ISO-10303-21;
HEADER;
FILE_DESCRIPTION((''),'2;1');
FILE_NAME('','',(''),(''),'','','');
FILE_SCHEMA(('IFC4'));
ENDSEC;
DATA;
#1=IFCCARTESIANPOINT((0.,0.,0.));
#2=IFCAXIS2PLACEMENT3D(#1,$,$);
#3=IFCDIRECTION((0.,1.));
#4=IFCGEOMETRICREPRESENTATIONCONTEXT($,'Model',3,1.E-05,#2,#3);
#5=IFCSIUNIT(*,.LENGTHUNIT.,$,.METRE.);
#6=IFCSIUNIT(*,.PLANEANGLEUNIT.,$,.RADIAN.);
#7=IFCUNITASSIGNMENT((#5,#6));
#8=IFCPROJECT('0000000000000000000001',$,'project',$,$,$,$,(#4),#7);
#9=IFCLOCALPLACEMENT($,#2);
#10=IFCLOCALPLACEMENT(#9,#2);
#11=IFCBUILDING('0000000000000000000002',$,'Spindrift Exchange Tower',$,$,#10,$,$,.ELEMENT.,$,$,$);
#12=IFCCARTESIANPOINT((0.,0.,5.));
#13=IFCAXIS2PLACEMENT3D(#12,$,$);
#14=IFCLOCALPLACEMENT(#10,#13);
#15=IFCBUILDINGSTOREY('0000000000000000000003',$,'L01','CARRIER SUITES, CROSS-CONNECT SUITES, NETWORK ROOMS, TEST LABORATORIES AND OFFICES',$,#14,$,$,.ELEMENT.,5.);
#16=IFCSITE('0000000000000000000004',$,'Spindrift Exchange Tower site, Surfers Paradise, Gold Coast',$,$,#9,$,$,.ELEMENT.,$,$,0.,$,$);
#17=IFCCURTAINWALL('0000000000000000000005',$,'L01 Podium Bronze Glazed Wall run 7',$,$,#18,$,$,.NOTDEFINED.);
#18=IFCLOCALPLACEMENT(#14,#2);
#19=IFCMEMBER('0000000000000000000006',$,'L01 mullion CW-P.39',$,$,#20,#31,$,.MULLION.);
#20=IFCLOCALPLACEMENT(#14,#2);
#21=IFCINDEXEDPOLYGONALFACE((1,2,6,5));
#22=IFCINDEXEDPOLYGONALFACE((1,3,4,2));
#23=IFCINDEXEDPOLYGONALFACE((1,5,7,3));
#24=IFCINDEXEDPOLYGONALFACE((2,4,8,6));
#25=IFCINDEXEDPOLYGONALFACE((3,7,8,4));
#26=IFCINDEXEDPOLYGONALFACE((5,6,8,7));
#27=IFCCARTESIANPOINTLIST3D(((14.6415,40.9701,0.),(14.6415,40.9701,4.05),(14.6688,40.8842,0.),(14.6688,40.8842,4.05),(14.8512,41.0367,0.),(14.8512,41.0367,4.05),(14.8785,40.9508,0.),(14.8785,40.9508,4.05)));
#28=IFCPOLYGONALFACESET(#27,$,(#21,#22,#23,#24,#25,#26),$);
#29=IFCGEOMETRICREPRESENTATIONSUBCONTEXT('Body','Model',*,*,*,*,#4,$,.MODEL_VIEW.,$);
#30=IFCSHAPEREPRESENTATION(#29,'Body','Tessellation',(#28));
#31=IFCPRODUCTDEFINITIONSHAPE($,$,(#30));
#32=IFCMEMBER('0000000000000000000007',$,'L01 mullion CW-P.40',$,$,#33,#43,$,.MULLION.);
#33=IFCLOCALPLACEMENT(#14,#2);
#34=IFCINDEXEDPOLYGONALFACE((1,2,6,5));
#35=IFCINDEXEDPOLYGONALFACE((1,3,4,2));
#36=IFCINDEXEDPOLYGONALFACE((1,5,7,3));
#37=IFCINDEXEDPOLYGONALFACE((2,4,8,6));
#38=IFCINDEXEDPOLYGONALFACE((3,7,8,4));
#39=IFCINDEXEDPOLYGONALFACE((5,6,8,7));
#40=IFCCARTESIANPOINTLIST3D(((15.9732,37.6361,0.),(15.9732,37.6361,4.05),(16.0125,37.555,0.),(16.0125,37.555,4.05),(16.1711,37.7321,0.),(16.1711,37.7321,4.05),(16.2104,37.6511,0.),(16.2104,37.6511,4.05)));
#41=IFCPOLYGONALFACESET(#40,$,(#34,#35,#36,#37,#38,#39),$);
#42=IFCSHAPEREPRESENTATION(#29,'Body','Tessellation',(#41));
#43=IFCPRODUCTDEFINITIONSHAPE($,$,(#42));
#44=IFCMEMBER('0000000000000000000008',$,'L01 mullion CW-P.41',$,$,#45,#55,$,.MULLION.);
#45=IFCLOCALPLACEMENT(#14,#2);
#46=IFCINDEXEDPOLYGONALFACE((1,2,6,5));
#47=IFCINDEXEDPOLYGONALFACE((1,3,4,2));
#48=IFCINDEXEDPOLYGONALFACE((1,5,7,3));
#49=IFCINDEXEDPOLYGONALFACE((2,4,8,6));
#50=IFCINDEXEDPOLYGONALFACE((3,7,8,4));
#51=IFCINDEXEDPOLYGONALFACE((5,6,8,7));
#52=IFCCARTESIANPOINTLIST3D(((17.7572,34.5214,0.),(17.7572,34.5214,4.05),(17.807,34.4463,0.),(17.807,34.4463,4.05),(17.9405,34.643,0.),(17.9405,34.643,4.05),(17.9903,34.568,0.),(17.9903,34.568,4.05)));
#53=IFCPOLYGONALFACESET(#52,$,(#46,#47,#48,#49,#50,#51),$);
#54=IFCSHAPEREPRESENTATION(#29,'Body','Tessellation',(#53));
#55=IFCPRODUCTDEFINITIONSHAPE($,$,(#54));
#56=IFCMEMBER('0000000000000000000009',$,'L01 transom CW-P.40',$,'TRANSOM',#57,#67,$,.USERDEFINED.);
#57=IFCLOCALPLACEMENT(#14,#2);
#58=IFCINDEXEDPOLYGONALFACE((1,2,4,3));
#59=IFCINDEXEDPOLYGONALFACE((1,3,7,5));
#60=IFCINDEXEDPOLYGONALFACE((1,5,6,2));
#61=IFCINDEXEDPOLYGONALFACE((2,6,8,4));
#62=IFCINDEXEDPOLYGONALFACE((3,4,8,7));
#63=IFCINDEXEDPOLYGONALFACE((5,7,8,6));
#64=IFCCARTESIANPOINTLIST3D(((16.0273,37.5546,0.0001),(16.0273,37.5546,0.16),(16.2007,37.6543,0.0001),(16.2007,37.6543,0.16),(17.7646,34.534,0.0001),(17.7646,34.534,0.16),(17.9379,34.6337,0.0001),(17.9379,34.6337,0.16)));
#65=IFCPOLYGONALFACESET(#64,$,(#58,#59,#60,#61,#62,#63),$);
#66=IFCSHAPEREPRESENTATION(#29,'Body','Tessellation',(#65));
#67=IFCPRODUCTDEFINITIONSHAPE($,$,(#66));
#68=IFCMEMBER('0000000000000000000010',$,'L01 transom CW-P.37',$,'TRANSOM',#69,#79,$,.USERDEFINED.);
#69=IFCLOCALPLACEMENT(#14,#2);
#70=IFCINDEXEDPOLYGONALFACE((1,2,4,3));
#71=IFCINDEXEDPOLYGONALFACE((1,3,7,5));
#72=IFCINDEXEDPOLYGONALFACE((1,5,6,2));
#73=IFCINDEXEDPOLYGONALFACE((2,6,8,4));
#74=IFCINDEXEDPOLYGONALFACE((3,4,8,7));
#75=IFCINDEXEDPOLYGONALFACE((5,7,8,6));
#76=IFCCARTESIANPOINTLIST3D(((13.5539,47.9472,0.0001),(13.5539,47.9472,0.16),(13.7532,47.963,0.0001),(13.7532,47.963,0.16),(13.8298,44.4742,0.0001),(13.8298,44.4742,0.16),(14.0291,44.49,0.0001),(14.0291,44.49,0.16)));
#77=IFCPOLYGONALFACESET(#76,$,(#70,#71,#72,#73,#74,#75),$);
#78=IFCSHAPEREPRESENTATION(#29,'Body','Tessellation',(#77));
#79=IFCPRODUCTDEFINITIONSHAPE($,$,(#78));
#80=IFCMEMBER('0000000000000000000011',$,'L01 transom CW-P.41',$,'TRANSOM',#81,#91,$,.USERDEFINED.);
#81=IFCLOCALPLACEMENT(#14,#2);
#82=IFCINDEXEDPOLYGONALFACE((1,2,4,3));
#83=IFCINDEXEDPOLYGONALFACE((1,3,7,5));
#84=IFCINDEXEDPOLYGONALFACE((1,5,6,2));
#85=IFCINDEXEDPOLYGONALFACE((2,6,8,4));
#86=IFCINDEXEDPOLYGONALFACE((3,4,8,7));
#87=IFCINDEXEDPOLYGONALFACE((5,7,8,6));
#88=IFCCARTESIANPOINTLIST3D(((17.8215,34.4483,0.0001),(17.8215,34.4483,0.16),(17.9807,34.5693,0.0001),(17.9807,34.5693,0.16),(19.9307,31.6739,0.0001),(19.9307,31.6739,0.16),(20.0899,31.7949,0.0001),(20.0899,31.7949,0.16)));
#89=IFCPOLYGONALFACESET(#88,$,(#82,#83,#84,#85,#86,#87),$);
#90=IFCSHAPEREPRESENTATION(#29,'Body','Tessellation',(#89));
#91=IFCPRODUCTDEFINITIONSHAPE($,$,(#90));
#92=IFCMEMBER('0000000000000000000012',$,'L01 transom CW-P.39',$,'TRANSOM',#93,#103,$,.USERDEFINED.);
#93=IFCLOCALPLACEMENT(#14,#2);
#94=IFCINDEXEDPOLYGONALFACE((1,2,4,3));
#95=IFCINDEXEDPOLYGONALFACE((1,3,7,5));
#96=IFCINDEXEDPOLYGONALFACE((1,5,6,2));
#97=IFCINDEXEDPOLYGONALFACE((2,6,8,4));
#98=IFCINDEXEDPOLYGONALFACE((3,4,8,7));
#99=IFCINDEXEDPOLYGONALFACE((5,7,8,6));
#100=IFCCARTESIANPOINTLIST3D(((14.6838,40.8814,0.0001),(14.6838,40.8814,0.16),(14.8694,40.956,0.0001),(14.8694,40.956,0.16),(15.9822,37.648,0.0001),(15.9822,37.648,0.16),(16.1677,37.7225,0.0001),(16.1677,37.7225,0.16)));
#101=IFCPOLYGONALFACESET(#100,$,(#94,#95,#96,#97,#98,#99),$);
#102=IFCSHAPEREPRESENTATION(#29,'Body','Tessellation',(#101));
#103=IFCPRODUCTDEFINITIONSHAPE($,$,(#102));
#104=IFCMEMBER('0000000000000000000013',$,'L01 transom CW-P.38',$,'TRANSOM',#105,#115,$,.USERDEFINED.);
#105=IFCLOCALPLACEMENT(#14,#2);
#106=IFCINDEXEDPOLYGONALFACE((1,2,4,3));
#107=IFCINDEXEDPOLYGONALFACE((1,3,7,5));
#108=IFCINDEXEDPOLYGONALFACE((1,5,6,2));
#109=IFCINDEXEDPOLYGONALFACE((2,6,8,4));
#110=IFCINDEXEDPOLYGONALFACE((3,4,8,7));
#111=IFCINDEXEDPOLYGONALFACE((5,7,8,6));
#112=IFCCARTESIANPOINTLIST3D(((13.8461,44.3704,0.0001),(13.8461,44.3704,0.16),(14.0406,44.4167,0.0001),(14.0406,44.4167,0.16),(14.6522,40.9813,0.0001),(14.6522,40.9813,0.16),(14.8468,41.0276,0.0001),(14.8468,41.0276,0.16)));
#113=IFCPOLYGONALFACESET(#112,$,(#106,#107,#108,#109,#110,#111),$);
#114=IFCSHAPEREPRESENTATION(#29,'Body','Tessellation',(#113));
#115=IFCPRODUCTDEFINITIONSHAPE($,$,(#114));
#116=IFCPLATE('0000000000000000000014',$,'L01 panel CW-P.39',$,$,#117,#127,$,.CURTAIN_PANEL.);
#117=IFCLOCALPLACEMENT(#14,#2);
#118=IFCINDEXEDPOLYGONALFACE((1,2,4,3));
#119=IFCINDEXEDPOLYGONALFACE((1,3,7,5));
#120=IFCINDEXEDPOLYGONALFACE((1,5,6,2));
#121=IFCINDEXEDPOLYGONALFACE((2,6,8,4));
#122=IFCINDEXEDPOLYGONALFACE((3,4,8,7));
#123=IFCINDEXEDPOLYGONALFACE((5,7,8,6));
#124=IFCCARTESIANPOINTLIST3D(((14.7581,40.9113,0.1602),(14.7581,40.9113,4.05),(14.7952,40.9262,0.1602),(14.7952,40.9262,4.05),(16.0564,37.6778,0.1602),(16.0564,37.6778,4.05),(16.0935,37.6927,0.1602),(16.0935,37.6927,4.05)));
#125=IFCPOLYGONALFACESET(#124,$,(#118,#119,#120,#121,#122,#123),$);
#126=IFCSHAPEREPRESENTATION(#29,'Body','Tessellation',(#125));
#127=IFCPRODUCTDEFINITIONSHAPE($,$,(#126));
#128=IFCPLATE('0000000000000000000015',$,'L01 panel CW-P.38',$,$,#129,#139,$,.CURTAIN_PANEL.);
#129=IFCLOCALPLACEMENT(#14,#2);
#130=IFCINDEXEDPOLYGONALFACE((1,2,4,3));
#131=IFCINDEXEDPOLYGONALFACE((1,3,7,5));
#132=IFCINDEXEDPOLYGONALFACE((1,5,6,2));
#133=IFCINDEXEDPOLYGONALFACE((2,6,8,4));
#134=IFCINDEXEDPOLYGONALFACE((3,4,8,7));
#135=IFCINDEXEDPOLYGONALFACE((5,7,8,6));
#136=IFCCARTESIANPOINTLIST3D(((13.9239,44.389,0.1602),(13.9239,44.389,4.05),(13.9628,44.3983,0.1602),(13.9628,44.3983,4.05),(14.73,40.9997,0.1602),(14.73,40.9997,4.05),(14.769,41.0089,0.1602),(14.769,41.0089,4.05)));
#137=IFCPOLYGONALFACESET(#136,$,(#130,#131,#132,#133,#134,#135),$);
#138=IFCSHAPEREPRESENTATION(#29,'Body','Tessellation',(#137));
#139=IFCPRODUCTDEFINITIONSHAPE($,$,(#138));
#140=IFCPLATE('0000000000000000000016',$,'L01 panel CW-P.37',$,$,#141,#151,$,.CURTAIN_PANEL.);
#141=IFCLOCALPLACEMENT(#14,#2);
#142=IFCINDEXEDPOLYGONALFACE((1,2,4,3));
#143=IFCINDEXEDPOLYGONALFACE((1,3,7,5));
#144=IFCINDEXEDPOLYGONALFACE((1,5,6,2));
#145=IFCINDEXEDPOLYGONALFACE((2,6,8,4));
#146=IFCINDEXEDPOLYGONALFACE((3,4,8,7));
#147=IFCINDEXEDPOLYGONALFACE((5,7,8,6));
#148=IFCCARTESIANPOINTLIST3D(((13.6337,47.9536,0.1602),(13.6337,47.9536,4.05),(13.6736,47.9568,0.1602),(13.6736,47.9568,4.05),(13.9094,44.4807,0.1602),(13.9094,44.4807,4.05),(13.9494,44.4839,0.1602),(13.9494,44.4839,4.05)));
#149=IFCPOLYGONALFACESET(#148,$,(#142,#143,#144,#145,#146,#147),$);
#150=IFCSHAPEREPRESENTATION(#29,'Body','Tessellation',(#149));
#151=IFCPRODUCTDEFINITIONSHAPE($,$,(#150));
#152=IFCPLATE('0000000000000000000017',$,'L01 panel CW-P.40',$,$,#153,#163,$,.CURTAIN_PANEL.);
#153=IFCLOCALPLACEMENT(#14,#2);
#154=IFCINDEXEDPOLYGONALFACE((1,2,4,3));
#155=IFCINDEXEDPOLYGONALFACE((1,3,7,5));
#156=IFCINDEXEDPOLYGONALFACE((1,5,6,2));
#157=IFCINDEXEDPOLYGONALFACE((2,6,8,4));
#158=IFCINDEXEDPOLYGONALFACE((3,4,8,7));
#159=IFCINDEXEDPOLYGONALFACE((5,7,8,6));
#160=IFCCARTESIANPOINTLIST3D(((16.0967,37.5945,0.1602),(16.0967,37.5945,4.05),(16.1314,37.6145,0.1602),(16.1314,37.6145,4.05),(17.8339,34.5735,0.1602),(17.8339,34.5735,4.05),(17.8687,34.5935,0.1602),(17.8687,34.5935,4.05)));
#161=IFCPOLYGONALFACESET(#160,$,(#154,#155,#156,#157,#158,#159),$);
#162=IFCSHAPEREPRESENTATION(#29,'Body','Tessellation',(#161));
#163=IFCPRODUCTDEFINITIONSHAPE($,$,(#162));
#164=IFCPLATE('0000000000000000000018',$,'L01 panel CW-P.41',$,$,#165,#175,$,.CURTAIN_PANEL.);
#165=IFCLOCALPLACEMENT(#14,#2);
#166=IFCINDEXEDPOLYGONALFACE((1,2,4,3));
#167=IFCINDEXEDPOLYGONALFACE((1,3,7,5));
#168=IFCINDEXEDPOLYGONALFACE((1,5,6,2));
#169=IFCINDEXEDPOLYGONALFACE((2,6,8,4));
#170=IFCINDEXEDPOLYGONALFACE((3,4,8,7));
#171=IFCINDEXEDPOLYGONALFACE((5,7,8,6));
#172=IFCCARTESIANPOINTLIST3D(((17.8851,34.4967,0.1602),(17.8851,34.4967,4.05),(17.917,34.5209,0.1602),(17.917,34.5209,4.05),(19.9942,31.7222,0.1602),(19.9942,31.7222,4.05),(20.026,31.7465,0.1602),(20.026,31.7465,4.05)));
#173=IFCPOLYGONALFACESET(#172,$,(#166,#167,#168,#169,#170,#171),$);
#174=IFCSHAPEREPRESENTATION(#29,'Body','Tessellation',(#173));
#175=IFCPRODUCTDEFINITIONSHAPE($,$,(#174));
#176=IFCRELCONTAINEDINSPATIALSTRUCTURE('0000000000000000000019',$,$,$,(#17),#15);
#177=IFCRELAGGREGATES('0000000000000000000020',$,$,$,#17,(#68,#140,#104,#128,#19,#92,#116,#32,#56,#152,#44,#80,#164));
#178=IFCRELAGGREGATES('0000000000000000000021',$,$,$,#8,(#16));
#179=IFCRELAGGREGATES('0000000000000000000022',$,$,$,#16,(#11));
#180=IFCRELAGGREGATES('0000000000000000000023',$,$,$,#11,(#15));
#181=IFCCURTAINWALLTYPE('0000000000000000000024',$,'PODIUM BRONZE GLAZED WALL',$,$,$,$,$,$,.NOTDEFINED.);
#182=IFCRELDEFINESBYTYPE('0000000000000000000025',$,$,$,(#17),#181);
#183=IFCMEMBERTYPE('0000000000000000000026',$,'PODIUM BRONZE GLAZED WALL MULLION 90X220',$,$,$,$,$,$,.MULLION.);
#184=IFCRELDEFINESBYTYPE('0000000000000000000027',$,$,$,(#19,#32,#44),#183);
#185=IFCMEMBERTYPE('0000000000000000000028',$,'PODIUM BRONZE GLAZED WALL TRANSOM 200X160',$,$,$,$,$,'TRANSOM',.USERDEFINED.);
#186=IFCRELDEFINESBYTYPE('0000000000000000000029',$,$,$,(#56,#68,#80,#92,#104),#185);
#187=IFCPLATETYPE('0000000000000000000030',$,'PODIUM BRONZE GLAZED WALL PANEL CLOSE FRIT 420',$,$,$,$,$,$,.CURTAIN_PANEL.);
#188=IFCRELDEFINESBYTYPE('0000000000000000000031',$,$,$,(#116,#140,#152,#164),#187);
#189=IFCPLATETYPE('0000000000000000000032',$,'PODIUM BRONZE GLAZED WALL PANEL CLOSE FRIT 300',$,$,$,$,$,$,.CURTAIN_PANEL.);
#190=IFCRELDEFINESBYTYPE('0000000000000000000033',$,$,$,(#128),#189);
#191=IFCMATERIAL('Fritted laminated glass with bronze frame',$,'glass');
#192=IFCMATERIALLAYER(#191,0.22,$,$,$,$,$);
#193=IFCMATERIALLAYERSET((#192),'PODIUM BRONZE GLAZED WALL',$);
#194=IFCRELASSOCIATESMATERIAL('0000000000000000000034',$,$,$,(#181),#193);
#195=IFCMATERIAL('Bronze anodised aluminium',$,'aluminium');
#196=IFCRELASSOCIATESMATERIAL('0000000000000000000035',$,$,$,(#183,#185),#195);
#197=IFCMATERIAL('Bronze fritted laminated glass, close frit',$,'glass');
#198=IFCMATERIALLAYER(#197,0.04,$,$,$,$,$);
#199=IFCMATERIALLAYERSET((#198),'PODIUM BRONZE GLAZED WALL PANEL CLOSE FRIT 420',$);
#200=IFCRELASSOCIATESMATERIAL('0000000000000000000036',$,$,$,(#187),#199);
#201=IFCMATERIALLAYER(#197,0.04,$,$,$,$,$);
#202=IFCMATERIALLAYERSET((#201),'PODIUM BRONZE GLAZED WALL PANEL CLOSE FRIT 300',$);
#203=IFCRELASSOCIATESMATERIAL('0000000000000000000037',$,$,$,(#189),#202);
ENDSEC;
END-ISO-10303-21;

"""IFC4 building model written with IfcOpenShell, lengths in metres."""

from ifc_helpers import new_model, si_unit, direction, frame, origin, origin_2d, place, context, subcontext, project, spatial, rectangle, extrude, source, transform, mapped, material, layer, layer_set, material_profile, profile_set, type_object, element, aggregate, save


model = new_model("IFC4")

# Units and contexts
model_context = context("Model", 3, precision=1e-05, world=origin(), true_north=direction((0.0, 1.0)))
body_context = subcontext(model_context, "Body", "Model", "MODEL_VIEW")
ifc_project = project(units=[si_unit("LENGTHUNIT", "METRE"), si_unit("PLANEANGLEUNIT", "RADIAN")], contexts=[model_context])

# Site, building, storey
site_placement = place(None, origin())
site = spatial("IfcSite", under=ifc_project, at=site_placement, Name="Spindrift Exchange Tower site, Surfers Paradise, Gold Coast", CompositionType="ELEMENT", RefElevation=0.0)
building_placement = place(site_placement, origin())
building = spatial("IfcBuilding", under=site, at=building_placement, Name="Spindrift Exchange Tower", CompositionType="ELEMENT")
storey_placement = place(building_placement, frame((0.0, 0.0, 5.0)))
storey = spatial("IfcBuildingStorey", under=building, at=storey_placement, Name="L01", Description="CARRIER SUITES, CROSS-CONNECT SUITES, NETWORK ROOMS, TEST LABORATORIES AND OFFICES", CompositionType="ELEMENT", Elevation=5.0)

# Curtain wall, members, plates
ifc_material_1 = material(Name="Fritted laminated glass with bronze frame", Category="glass")
ifc_layer_1 = layer(ifc_material_1, 0.22)
ifc_layer_set_1 = layer_set([ifc_layer_1], Name="PODIUM BRONZE GLAZED WALL")
curtain_wall_type = type_object("IfcCurtainWallType", Name="PODIUM BRONZE GLAZED WALL", PredefinedType="NOTDEFINED", material=ifc_layer_set_1)
curtain_wall_placement = place(storey_placement, origin())
curtain_wall = element("IfcCurtainWall", 1, at=curtain_wall_placement, inside=storey, type_object=curtain_wall_type, Name="L01 Podium Bronze Glazed Wall run 7", PredefinedType="NOTDEFINED")
ifc_material_2 = material(Name="Bronze anodised aluminium", Category="aluminium")
ifc_material_profile_1 = material_profile(ifc_material_2, rectangle(XDim=0.0901, YDim=0.22, at=origin_2d()), Name="PODIUM BRONZE GLAZED WALL MULLION 90X220")
ifc_profile_set_1 = profile_set([ifc_material_profile_1], Name="Bronze anodised aluminium")
member_type_1 = type_object("IfcMemberType", Name="PODIUM BRONZE GLAZED WALL MULLION 90X220", PredefinedType="MULLION", material=ifc_profile_set_1)
shared_shape_1 = source(origin(), body_context, "Body", "SweptSolid", [
    extrude(rectangle(XDim=0.0901, YDim=0.22, at=origin_2d()), origin(), (0.0, 0.0, 1.0), 4.05),
])
member_1_placement = place(storey_placement, frame((14.76, 40.9604, 0.0), z_axis=(0.0, 0.0, 1.0), x_axis=(0.302835, -0.953043, 0.0)))
member_1 = element("IfcMember", 2, at=member_1_placement, type_object=member_type_1, Name="L01 mullion CW-P.39", PredefinedType="MULLION", context=body_context, shape_type="MappedRepresentation", body=[
    mapped(shared_shape_1, transform((0.0, 0.0, 0.0), scale=1.0)),
])
member_2_placement = place(storey_placement, frame((16.0918, 37.6436, 0.0), z_axis=(0.0, 0.0, 1.0), x_axis=(0.436633, -0.89964, 0.0)))
member_2 = element("IfcMember", 3, at=member_2_placement, type_object=member_type_1, Name="L01 mullion CW-P.40", PredefinedType="MULLION", context=body_context, shape_type="MappedRepresentation", body=[
    mapped(shared_shape_1, transform((0.0, 0.0, 0.0), scale=1.0)),
])
member_3_placement = place(storey_placement, frame((17.8738, 34.5447, 0.0), z_axis=(0.0, 0.0, 1.0), x_axis=(0.552979, -0.833195, 0.0)))
member_3 = element("IfcMember", 4, at=member_3_placement, type_object=member_type_1, Name="L01 mullion CW-P.41", PredefinedType="MULLION", context=body_context, shape_type="MappedRepresentation", body=[
    mapped(shared_shape_1, transform((0.0, 0.0, 0.0), scale=1.0)),
])
ifc_material_profile_2 = material_profile(ifc_material_2, rectangle(XDim=0.2, YDim=0.1599, at=origin_2d()), Name="PODIUM BRONZE GLAZED WALL TRANSOM 200X160")
ifc_profile_set_2 = profile_set([ifc_material_profile_2], Name="Bronze anodised aluminium")
member_type_2 = type_object("IfcMemberType", Name="PODIUM BRONZE GLAZED WALL TRANSOM 200X160", ElementType="TRANSOM", PredefinedType="USERDEFINED", material=ifc_profile_set_2)
shared_shape_2 = source(origin(), body_context, "Body", "SweptSolid", [
    extrude(rectangle(XDim=0.2, YDim=0.1599, at=origin_2d()), origin(), (0.0, 0.0, 1.0), 3.4846),
])
member_4_placement = place(storey_placement, frame((16.114, 37.6045, 0.0801), z_axis=(0.498551, -0.86686, 0.0), x_axis=(0.86686, 0.498551, 0.0)))
member_4 = element("IfcMember", 5, at=member_4_placement, type_object=member_type_2, Name="L01 transom CW-P.40", ObjectType="TRANSOM", PredefinedType="USERDEFINED", context=body_context, shape_type="MappedRepresentation", body=[
    mapped(shared_shape_2, transform((0.0, 0.0, 0.0), scale=1.0)),
])
shared_shape_3 = source(origin(), body_context, "Body", "SweptSolid", [
    extrude(rectangle(XDim=0.2, YDim=0.1599, at=origin_2d()), origin(), (0.0, 0.0, 1.0), 3.4839),
])
member_5_placement = place(storey_placement, frame((13.6536, 47.9551, 0.0801), z_axis=(0.079188, -0.99686, 0.0), x_axis=(0.99686, 0.079188, 0.0)))
member_5 = element("IfcMember", 6, at=member_5_placement, type_object=member_type_2, Name="L01 transom CW-P.37", ObjectType="TRANSOM", PredefinedType="USERDEFINED", context=body_context, shape_type="MappedRepresentation", body=[
    mapped(shared_shape_3, transform((0.0, 0.0, 0.0), scale=1.0)),
])
shared_shape_4 = source(origin(), body_context, "Body", "SweptSolid", [
    extrude(rectangle(XDim=0.2, YDim=0.1599, at=origin_2d()), origin(), (0.0, 0.0, 1.0), 3.4851),
])
member_6_placement = place(storey_placement, frame((17.9011, 34.5088, 0.0801), z_axis=(0.605188, -0.796083, 0.0), x_axis=(0.796083, 0.605188, 0.0)))
member_6 = element("IfcMember", 7, at=member_6_placement, type_object=member_type_2, Name="L01 transom CW-P.41", ObjectType="TRANSOM", PredefinedType="USERDEFINED", context=body_context, shape_type="MappedRepresentation", body=[
    mapped(shared_shape_4, transform((0.0, 0.0, 0.0), scale=1.0)),
])
shared_shape_5 = source(origin(), body_context, "Body", "SweptSolid", [
    extrude(rectangle(XDim=0.2, YDim=0.1599, at=origin_2d()), origin(), (0.0, 0.0, 1.0), 3.4844),
])
member_7_placement = place(storey_placement, frame((14.7766, 40.9187, 0.0801), z_axis=(0.372623, -0.927983, 0.0), x_axis=(0.927983, 0.372623, 0.0)))
member_7 = element("IfcMember", 8, at=member_7_placement, type_object=member_type_2, Name="L01 transom CW-P.39", ObjectType="TRANSOM", PredefinedType="USERDEFINED", context=body_context, shape_type="MappedRepresentation", body=[
    mapped(shared_shape_5, transform((0.0, 0.0, 0.0), scale=1.0)),
])
shared_shape_6 = source(origin(), body_context, "Body", "SweptSolid", [
    extrude(rectangle(XDim=0.2, YDim=0.1599, at=origin_2d()), origin(), (0.0, 0.0, 1.0), 3.4836),
])
member_8_placement = place(storey_placement, frame((13.9434, 44.3936, 0.0801), z_axis=(0.231406, -0.972857, 0.0), x_axis=(0.972857, 0.231406, 0.0)))
member_8 = element("IfcMember", 9, at=member_8_placement, type_object=member_type_2, Name="L01 transom CW-P.38", ObjectType="TRANSOM", PredefinedType="USERDEFINED", context=body_context, shape_type="MappedRepresentation", body=[
    mapped(shared_shape_6, transform((0.0, 0.0, 0.0), scale=1.0)),
])
ifc_material_3 = material(Name="Bronze fritted laminated glass, close frit", Category="glass")
ifc_layer_2 = layer(ifc_material_3, 0.04)
ifc_layer_set_2 = layer_set([ifc_layer_2], Name="PODIUM BRONZE GLAZED WALL PANEL CLOSE FRIT 420")
plate_type_1 = type_object("IfcPlateType", Name="PODIUM BRONZE GLAZED WALL PANEL CLOSE FRIT 420", PredefinedType="CURTAIN_PANEL", material=ifc_layer_set_2)
shared_shape_7 = source(origin(), body_context, "Body", "SweptSolid", [
    extrude(rectangle(XDim=3.4844, YDim=0.04, at=origin_2d()), origin(), (0.0, 0.0, 1.0), 3.8899),
])
plate_1_placement = place(storey_placement, frame((15.4258, 39.302, 0.1602), z_axis=(0.0, 0.0, 1.0), x_axis=(0.372606, -0.92799, 0.0)))
plate_1 = element("IfcPlate", 10, at=plate_1_placement, type_object=plate_type_1, Name="L01 panel CW-P.39", PredefinedType="CURTAIN_PANEL", context=body_context, shape_type="MappedRepresentation", body=[
    mapped(shared_shape_7, transform((0.0, 0.0, 0.0), scale=1.0)),
])
ifc_layer_3 = layer(ifc_material_3, 0.04)
ifc_layer_set_3 = layer_set([ifc_layer_3], Name="PODIUM BRONZE GLAZED WALL PANEL CLOSE FRIT 300")
plate_type_2 = type_object("IfcPlateType", Name="PODIUM BRONZE GLAZED WALL PANEL CLOSE FRIT 300", PredefinedType="CURTAIN_PANEL", material=ifc_layer_set_3)
shared_shape_8 = source(origin(), body_context, "Body", "SweptSolid", [
    extrude(rectangle(XDim=3.4839, YDim=0.04, at=origin_2d()), origin(), (0.0, 0.0, 1.0), 3.8899),
])
plate_2_placement = place(storey_placement, frame((14.3464, 42.699, 0.1602), z_axis=(0.0, 0.0, 1.0), x_axis=(0.2314, -0.972859, 0.0)))
plate_2 = element("IfcPlate", 11, at=plate_2_placement, type_object=plate_type_2, Name="L01 panel CW-P.38", PredefinedType="CURTAIN_PANEL", context=body_context, shape_type="MappedRepresentation", body=[
    mapped(shared_shape_8, transform((0.0, 0.0, 0.0), scale=1.0)),
])
shared_shape_9 = source(origin(), body_context, "Body", "SweptSolid", [
    extrude(rectangle(XDim=3.4839, YDim=0.04, at=origin_2d()), origin(), (0.0, 0.0, 1.0), 3.8899),
])
plate_3_placement = place(storey_placement, frame((13.7915, 46.2188, 0.1602), z_axis=(0.0, 0.0, 1.0), x_axis=(0.079159, -0.996862, 0.0)))
plate_3 = element("IfcPlate", 12, at=plate_3_placement, type_object=plate_type_1, Name="L01 panel CW-P.37", PredefinedType="CURTAIN_PANEL", context=body_context, shape_type="MappedRepresentation", body=[
    mapped(shared_shape_9, transform((0.0, 0.0, 0.0), scale=1.0)),
])
shared_shape_10 = source(origin(), body_context, "Body", "SweptSolid", [
    extrude(rectangle(XDim=3.4849, YDim=0.04, at=origin_2d()), origin(), (0.0, 0.0, 1.0), 3.8899),
])
plate_4_placement = place(storey_placement, frame((16.9827, 36.094, 0.1602), z_axis=(0.0, 0.0, 1.0), x_axis=(0.49852, -0.866878, 0.0)))
plate_4 = element("IfcPlate", 13, at=plate_4_placement, type_object=plate_type_1, Name="L01 panel CW-P.40", PredefinedType="CURTAIN_PANEL", context=body_context, shape_type="MappedRepresentation", body=[
    mapped(shared_shape_10, transform((0.0, 0.0, 0.0), scale=1.0)),
])
shared_shape_11 = source(origin(), body_context, "Body", "SweptSolid", [
    extrude(rectangle(XDim=3.4851, YDim=0.04, at=origin_2d()), origin(), (0.0, 0.0, 1.0), 3.8899),
])
plate_5_placement = place(storey_placement, frame((18.9556, 33.1216, 0.1602), z_axis=(0.0, 0.0, 1.0), x_axis=(0.60517, -0.796096, 0.0)))
plate_5 = element("IfcPlate", 14, at=plate_5_placement, type_object=plate_type_1, Name="L01 panel CW-P.41", PredefinedType="CURTAIN_PANEL", context=body_context, shape_type="MappedRepresentation", body=[
    mapped(shared_shape_11, transform((0.0, 0.0, 0.0), scale=1.0)),
])
aggregate(curtain_wall, [member_5, plate_3, member_8, plate_2, member_1, member_7, plate_1, member_2, member_4, plate_4, member_3, member_6, plate_5])

save(model, "model.ifc")
